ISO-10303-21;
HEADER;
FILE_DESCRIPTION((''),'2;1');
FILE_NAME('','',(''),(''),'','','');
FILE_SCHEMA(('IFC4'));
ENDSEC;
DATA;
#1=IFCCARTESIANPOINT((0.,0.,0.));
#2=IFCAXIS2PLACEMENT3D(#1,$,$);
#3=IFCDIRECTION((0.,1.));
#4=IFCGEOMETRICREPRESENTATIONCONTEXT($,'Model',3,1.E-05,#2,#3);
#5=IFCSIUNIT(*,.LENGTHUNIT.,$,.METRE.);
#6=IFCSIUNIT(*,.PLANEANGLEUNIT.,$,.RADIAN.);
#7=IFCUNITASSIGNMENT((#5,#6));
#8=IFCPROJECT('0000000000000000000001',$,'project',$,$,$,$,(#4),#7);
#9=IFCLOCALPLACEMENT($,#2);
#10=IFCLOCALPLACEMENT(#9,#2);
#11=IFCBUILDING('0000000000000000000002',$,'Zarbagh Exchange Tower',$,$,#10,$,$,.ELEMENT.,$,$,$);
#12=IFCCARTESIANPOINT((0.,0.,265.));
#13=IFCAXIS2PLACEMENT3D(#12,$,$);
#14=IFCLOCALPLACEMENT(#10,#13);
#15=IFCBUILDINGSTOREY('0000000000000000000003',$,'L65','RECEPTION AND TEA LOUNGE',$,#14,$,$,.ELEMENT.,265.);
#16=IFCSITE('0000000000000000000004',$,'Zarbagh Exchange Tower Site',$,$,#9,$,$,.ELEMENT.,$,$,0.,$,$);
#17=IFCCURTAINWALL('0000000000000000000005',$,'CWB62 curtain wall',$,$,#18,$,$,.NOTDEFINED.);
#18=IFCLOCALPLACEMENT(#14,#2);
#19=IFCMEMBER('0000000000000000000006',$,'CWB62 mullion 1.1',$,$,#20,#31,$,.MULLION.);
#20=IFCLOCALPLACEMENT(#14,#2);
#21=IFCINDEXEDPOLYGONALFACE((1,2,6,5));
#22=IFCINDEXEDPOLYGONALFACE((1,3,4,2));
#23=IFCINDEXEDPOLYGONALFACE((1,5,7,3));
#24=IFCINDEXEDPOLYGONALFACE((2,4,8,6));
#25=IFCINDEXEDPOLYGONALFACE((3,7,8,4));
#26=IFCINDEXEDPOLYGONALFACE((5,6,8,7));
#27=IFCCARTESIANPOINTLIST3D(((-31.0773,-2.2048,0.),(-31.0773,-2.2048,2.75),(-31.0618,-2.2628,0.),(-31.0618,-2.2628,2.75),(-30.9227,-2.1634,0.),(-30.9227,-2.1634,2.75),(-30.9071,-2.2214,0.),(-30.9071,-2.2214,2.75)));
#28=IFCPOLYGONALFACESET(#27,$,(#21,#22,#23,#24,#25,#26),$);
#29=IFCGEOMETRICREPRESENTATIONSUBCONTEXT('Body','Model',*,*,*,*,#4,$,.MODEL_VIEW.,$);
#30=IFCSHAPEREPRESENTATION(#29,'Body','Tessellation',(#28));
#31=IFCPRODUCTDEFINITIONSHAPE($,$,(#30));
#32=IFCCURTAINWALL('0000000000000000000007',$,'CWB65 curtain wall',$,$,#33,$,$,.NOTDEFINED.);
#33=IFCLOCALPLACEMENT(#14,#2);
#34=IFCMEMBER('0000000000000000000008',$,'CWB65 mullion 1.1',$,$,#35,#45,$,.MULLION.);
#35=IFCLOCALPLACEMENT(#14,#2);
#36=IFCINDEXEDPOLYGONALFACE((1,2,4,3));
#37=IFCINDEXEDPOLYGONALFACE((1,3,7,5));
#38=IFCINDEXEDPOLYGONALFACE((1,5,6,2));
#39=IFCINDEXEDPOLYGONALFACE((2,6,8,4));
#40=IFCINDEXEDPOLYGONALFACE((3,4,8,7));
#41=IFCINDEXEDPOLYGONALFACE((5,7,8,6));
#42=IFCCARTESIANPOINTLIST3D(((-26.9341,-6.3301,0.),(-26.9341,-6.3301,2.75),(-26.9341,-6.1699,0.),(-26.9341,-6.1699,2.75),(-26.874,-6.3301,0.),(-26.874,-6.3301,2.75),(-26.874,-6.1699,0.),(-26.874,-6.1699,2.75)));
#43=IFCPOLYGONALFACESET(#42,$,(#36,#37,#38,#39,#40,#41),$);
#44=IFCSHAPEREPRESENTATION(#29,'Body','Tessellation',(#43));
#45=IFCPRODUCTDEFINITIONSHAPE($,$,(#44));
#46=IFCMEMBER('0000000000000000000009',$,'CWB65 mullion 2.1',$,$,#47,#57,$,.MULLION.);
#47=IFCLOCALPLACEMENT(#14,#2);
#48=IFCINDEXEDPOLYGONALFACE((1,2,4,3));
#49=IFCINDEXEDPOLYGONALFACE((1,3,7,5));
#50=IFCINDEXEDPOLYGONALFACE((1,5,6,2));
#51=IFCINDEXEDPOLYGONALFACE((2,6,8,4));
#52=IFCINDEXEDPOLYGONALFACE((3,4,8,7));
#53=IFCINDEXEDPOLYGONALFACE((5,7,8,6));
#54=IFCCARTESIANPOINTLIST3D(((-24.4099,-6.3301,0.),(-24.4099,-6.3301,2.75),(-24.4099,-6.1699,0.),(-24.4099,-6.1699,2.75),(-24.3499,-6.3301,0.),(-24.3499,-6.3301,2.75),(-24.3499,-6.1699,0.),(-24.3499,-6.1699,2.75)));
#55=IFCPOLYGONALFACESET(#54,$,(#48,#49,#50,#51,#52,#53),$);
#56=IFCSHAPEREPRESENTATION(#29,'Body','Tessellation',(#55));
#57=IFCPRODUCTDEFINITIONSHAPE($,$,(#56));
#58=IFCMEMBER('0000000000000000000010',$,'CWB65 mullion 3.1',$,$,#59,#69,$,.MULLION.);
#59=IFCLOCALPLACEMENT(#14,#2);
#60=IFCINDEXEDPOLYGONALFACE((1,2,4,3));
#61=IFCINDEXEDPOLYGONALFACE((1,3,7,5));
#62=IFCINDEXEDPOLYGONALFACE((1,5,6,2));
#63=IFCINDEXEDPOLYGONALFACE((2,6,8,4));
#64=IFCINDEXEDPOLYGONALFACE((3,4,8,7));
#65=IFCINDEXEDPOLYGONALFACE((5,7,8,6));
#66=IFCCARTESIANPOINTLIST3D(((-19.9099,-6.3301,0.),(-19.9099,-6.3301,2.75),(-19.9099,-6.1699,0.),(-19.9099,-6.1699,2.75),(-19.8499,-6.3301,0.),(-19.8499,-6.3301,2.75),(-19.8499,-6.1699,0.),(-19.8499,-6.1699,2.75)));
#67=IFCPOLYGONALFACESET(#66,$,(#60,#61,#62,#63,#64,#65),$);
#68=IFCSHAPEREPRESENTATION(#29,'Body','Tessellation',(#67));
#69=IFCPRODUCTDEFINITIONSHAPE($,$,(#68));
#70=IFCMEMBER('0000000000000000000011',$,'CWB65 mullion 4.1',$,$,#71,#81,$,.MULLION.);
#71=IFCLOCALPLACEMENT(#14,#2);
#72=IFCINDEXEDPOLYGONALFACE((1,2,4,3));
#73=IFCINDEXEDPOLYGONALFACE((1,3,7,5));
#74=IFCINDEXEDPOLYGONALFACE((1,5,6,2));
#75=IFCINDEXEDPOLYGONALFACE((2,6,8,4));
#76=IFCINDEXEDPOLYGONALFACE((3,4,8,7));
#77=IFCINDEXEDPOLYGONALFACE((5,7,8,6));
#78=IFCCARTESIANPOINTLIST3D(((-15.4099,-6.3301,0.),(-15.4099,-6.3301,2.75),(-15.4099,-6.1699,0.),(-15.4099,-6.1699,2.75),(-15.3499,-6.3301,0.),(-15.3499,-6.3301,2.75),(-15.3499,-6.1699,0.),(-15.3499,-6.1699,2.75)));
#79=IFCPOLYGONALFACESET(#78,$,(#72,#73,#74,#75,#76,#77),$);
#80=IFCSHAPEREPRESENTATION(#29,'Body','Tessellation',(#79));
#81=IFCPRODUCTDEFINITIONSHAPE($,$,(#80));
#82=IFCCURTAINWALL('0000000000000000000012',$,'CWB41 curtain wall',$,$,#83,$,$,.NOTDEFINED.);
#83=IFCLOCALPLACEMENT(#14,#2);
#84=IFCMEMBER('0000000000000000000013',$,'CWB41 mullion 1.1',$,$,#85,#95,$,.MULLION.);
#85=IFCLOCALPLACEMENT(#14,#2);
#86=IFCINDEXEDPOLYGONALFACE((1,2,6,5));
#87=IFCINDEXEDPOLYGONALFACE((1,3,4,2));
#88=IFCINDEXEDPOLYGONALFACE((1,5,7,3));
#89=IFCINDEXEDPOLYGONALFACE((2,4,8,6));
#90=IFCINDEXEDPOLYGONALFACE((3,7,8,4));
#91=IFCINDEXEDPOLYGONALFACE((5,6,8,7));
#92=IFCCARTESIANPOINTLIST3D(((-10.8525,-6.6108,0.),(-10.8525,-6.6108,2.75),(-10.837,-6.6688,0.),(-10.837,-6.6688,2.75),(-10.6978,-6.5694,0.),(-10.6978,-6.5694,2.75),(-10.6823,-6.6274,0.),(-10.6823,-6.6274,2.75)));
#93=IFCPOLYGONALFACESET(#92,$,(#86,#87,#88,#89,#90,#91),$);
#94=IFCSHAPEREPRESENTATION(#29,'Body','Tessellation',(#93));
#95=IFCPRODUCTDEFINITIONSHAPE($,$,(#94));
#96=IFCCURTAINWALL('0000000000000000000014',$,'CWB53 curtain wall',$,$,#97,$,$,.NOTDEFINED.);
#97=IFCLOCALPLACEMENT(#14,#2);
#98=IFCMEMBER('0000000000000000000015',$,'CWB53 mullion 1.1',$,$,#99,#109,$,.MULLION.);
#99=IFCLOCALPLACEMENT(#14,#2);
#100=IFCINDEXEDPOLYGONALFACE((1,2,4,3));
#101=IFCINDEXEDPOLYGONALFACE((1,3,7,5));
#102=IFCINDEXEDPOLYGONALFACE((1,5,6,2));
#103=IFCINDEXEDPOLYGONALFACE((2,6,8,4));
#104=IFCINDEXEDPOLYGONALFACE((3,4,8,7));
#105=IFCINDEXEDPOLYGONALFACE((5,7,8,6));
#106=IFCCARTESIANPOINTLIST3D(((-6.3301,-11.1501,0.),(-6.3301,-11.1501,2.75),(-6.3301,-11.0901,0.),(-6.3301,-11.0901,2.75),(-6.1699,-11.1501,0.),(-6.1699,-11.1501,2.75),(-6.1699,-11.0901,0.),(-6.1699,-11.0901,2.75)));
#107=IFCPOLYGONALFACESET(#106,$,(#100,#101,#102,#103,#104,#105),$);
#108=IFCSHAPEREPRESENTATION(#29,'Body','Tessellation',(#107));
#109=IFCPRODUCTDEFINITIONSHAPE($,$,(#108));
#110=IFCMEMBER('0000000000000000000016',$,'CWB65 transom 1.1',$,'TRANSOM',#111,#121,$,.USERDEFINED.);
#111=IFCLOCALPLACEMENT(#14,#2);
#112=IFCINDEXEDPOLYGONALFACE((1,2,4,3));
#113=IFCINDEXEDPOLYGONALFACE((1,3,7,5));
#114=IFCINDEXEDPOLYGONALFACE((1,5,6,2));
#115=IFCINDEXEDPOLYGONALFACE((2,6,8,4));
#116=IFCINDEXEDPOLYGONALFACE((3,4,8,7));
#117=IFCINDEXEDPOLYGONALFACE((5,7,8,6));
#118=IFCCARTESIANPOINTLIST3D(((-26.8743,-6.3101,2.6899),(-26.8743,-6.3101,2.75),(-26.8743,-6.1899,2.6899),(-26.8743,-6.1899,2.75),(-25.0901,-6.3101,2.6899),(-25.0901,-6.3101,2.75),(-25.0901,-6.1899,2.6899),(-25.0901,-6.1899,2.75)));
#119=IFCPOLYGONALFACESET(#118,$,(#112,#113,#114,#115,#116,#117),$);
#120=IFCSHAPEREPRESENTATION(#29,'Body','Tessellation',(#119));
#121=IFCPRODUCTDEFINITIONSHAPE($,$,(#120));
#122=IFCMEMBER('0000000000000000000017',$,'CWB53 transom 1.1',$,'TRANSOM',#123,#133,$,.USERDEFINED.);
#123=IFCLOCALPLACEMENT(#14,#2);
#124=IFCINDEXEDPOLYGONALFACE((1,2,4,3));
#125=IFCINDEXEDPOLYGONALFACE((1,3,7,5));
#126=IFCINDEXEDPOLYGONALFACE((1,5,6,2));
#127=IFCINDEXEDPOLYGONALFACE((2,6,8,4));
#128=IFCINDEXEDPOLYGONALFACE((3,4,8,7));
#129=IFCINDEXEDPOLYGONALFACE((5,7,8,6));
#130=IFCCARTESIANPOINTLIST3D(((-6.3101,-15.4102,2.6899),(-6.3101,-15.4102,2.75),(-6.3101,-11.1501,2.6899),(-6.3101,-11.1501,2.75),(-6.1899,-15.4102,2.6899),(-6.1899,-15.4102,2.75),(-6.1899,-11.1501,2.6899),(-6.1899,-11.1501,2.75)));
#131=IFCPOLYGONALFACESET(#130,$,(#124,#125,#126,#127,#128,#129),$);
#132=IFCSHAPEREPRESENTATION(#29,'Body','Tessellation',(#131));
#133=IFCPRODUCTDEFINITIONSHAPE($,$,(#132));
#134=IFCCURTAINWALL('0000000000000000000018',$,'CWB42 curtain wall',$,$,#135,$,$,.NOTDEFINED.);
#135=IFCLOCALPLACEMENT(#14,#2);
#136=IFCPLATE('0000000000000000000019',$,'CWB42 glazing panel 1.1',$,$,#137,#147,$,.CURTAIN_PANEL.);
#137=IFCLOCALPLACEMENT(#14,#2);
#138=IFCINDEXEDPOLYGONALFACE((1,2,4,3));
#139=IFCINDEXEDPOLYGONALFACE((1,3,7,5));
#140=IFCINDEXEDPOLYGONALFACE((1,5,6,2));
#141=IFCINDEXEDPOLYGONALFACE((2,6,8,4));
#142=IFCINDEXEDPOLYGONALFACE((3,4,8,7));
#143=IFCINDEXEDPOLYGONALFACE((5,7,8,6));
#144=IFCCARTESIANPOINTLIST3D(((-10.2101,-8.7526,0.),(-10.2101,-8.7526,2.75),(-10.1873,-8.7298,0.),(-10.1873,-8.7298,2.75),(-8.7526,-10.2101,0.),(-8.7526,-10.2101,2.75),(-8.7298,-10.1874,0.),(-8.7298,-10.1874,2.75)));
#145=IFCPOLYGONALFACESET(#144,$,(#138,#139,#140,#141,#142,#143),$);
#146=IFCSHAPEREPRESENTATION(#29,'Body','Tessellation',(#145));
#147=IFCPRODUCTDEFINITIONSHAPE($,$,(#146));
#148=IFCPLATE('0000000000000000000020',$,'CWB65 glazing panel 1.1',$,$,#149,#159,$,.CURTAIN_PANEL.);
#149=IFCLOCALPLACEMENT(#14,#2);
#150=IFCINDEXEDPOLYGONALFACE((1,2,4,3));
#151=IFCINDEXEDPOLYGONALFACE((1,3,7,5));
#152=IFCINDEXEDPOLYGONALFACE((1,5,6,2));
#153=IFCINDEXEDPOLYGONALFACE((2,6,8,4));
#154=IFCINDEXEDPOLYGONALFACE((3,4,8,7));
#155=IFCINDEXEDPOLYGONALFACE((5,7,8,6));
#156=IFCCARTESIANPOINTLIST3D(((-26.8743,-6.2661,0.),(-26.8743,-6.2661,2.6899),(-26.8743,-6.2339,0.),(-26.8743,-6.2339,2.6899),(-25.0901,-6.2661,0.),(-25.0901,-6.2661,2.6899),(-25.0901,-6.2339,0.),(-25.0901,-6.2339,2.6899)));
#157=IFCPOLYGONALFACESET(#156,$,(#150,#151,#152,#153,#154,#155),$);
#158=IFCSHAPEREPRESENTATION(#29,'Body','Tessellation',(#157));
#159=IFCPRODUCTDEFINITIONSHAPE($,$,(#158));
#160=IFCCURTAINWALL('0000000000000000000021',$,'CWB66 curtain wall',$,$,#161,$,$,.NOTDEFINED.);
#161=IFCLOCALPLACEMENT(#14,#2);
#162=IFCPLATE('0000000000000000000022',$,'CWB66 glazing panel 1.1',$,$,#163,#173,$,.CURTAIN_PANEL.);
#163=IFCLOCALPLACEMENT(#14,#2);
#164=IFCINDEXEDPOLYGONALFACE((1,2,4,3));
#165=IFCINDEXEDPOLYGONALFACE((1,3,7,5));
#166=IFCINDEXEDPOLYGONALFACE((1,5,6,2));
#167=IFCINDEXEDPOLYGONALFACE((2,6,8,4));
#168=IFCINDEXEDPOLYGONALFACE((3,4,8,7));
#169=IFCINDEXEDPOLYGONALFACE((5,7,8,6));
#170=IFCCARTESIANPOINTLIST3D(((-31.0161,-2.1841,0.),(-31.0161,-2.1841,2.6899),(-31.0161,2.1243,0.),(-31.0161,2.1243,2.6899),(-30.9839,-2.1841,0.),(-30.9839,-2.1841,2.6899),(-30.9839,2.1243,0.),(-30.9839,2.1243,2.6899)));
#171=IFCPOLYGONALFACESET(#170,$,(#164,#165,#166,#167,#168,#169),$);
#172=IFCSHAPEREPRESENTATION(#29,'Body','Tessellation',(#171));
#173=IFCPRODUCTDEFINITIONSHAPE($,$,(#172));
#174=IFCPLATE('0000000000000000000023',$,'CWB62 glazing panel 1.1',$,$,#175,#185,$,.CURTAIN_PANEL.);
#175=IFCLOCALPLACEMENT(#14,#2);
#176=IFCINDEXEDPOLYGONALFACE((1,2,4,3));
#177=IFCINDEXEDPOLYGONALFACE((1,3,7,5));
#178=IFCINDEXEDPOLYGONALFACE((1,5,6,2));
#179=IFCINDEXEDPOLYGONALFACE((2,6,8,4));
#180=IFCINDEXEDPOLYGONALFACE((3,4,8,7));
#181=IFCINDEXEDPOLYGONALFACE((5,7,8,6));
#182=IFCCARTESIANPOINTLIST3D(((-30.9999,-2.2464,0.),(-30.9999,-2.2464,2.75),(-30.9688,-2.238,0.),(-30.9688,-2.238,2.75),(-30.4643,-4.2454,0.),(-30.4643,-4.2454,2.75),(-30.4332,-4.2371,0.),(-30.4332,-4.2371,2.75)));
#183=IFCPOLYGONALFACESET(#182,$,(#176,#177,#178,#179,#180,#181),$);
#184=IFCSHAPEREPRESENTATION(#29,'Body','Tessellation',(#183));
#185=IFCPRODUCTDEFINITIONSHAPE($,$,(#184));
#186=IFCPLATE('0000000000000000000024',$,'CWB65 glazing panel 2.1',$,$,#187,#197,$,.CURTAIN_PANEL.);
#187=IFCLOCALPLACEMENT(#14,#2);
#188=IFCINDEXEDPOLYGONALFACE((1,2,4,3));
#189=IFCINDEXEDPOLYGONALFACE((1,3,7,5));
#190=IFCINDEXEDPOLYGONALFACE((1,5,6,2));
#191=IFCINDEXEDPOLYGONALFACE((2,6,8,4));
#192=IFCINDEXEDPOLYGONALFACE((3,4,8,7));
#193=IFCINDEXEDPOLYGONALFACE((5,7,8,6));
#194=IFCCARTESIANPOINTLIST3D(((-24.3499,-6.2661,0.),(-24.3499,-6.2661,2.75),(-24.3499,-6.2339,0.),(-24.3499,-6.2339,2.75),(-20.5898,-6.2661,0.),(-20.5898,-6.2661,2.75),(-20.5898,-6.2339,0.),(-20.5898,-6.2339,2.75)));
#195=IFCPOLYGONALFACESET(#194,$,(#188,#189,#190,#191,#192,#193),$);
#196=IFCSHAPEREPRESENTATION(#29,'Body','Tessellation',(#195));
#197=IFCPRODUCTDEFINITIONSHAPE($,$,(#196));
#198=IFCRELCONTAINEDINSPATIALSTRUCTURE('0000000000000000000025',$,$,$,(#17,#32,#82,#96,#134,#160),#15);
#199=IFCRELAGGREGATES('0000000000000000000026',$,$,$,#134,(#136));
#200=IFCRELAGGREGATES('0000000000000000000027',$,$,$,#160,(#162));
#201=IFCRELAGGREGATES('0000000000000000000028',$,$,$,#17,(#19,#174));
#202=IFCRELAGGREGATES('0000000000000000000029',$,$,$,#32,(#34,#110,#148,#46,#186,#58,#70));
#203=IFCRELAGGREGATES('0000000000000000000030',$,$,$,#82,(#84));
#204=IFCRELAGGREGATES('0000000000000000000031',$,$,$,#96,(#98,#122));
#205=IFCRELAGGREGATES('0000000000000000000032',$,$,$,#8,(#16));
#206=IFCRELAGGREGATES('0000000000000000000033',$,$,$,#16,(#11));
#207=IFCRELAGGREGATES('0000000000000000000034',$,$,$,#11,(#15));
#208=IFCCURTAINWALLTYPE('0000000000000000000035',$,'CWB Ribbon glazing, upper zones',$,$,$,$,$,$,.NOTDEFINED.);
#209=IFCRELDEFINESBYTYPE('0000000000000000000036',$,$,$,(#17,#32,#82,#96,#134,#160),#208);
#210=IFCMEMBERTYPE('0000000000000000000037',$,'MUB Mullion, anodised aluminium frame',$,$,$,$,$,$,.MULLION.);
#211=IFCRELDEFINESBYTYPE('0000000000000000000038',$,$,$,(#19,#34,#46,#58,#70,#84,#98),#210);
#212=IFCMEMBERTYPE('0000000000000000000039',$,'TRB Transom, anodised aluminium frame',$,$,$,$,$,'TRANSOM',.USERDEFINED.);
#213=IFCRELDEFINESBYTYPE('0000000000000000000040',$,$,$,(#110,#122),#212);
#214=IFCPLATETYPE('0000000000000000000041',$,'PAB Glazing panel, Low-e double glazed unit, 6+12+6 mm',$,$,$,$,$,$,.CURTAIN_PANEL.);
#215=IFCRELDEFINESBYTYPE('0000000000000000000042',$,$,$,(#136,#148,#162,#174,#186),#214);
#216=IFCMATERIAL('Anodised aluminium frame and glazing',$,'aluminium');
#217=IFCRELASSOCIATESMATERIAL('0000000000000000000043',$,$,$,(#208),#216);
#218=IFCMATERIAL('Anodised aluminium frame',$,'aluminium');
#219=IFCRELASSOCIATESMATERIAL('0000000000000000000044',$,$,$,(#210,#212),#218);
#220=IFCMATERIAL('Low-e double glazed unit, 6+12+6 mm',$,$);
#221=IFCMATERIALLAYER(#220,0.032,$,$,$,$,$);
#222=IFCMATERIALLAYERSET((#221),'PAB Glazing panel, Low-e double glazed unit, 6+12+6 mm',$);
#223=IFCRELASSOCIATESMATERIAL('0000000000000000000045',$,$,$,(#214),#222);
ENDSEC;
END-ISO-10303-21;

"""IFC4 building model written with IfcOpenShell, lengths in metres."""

from ifc_helpers import new_model, si_unit, direction, frame, origin, place, context, subcontext, project, spatial, polyline, outline, extrude, source, transform, mapped, material, layer, layer_set, type_object, element, aggregate, save


model = new_model("IFC4")

# Units and contexts
model_context = context("Model", 3, precision=1e-05, world=origin(), true_north=direction((0.0, 1.0)))
body_context = subcontext(model_context, "Body", "Model", "MODEL_VIEW")
ifc_project = project(units=[si_unit("LENGTHUNIT", "METRE"), si_unit("PLANEANGLEUNIT", "RADIAN")], contexts=[model_context])

# Site, building, storey
site_placement = place(None, origin())
site = spatial("IfcSite", under=ifc_project, at=site_placement, Name="Zarbagh Exchange Tower Site", CompositionType="ELEMENT", RefElevation=0.0)
building_placement = place(site_placement, origin())
building = spatial("IfcBuilding", under=site, at=building_placement, Name="Zarbagh Exchange Tower", CompositionType="ELEMENT")
storey_placement = place(building_placement, frame((0.0, 0.0, 265.0)))
storey = spatial("IfcBuildingStorey", under=building, at=storey_placement, Name="L65", Description="RECEPTION AND TEA LOUNGE", CompositionType="ELEMENT", Elevation=265.0)

# Curtain wall, member
ifc_material_1 = material(Name="Anodised aluminium frame and glazing", Category="aluminium")
curtain_wall_type = type_object("IfcCurtainWallType", Name="CWB Ribbon glazing, upper zones", PredefinedType="NOTDEFINED", material=ifc_material_1)
curtain_wall_1_placement = place(storey_placement, origin())
curtain_wall_1 = element("IfcCurtainWall", 1, at=curtain_wall_1_placement, inside=storey, type_object=curtain_wall_type, Name="CWB62 curtain wall", PredefinedType="NOTDEFINED")
ifc_material_2 = material(Name="Anodised aluminium frame", Category="aluminium")
member_type_1 = type_object("IfcMemberType", Name="MUB Mullion, anodised aluminium frame", PredefinedType="MULLION", material=ifc_material_2)
shared_shape_1 = source(origin(), body_context, "Body", "SweptSolid", [
    extrude(outline(polyline([(0.0, -0.0801), (0.0601, -0.0801), (0.0601, 0.0801), (0.0, 0.0801), (0.0, -0.0801)])), origin(), (0.0, 0.0, 1.0), 2.75),
])
placement = place(storey_placement, origin())
member_1 = element("IfcMember", 2, at=placement, type_object=member_type_1, Name="CWB62 mullion 1.1", PredefinedType="MULLION", context=body_context, shape_type="MappedRepresentation", body=[
    mapped(shared_shape_1, transform((-31.0, -2.1841, 0.0), x_axis=(0.258825, -0.965924, 0.0), y_axis=(0.965924, 0.258825, 0.0), z_axis=(0.0, 0.0, 1.0))),
])

# Curtain wall, members
curtain_wall_2_placement = place(storey_placement, origin())
curtain_wall_2 = element("IfcCurtainWall", 3, at=curtain_wall_2_placement, inside=storey, type_object=curtain_wall_type, Name="CWB65 curtain wall", PredefinedType="NOTDEFINED")
member_2 = element("IfcMember", 4, at=placement, type_object=member_type_1, Name="CWB65 mullion 1.1", PredefinedType="MULLION", context=body_context, shape_type="MappedRepresentation", body=[
    mapped(shared_shape_1, transform((-26.9341, -6.25, 0.0), x_axis=(1.0, 0.0, 0.0), y_axis=(0.0, 1.0, 0.0), z_axis=(0.0, 0.0, 1.0))),
])
member_3 = element("IfcMember", 5, at=placement, type_object=member_type_1, Name="CWB65 mullion 2.1", PredefinedType="MULLION", context=body_context, shape_type="MappedRepresentation", body=[
    mapped(shared_shape_1, transform((-24.4099, -6.25, 0.0), x_axis=(1.0, 0.0, 0.0), y_axis=(0.0, 1.0, 0.0), z_axis=(0.0, 0.0, 1.0))),
])
member_4 = element("IfcMember", 6, at=placement, type_object=member_type_1, Name="CWB65 mullion 3.1", PredefinedType="MULLION", context=body_context, shape_type="MappedRepresentation", body=[
    mapped(shared_shape_1, transform((-19.9099, -6.25, 0.0), x_axis=(1.0, 0.0, 0.0), y_axis=(0.0, 1.0, 0.0), z_axis=(0.0, 0.0, 1.0))),
])
member_5 = element("IfcMember", 7, at=placement, type_object=member_type_1, Name="CWB65 mullion 4.1", PredefinedType="MULLION", context=body_context, shape_type="MappedRepresentation", body=[
    mapped(shared_shape_1, transform((-15.4099, -6.25, 0.0), x_axis=(1.0, 0.0, 0.0), y_axis=(0.0, 1.0, 0.0), z_axis=(0.0, 0.0, 1.0))),
])

# Curtain walls, members
curtain_wall_3_placement = place(storey_placement, origin())
curtain_wall_3 = element("IfcCurtainWall", 8, at=curtain_wall_3_placement, inside=storey, type_object=curtain_wall_type, Name="CWB41 curtain wall", PredefinedType="NOTDEFINED")
member_6 = element("IfcMember", 9, at=placement, type_object=member_type_1, Name="CWB41 mullion 1.1", PredefinedType="MULLION", context=body_context, shape_type="MappedRepresentation", body=[
    mapped(shared_shape_1, transform((-10.7751, -6.5901, 0.0), x_axis=(0.258825, -0.965924, 0.0), y_axis=(0.965924, 0.258825, 0.0), z_axis=(0.0, 0.0, 1.0))),
])
curtain_wall_4_placement = place(storey_placement, origin())
curtain_wall_4 = element("IfcCurtainWall", 10, at=curtain_wall_4_placement, inside=storey, type_object=curtain_wall_type, Name="CWB53 curtain wall", PredefinedType="NOTDEFINED")
member_7 = element("IfcMember", 11, at=placement, type_object=member_type_1, Name="CWB53 mullion 1.1", PredefinedType="MULLION", context=body_context, shape_type="MappedRepresentation", body=[
    mapped(shared_shape_1, transform((-6.25, -11.0901, 0.0), x_axis=(0.0, -1.0, 0.0), y_axis=(1.0, 0.0, 0.0), z_axis=(0.0, 0.0, 1.0))),
])

# Members
member_type_2 = type_object("IfcMemberType", Name="TRB Transom, anodised aluminium frame", ElementType="TRANSOM", PredefinedType="USERDEFINED", material=ifc_material_2)
shared_shape_2 = source(origin(), body_context, "Body", "SweptSolid", [
    extrude(outline(polyline([(-0.0601, -0.0601), (0.0, -0.0601), (0.0, 0.0601), (-0.0601, 0.0601), (-0.0601, -0.0601)])), origin(), (0.0, 0.0, 1.0), 1.7842),
])
member_8 = element("IfcMember", 12, at=placement, type_object=member_type_2, Name="CWB65 transom 1.1", ObjectType="TRANSOM", PredefinedType="USERDEFINED", context=body_context, shape_type="MappedRepresentation", body=[
    mapped(shared_shape_2, transform((-26.8743, -6.25, 2.75), x_axis=(0.0, 0.0, 1.0), y_axis=(0.0, -1.0, 0.0), z_axis=(1.0, 0.0, 0.0))),
])
shared_shape_3 = source(origin(), body_context, "Body", "SweptSolid", [
    extrude(outline(polyline([(-0.0601, -0.0601), (0.0, -0.0601), (0.0, 0.0601), (-0.0601, 0.0601), (-0.0601, -0.0601)])), origin(), (0.0, 0.0, 1.0), 4.26),
])
member_9 = element("IfcMember", 13, at=placement, type_object=member_type_2, Name="CWB53 transom 1.1", ObjectType="TRANSOM", PredefinedType="USERDEFINED", context=body_context, shape_type="MappedRepresentation", body=[
    mapped(shared_shape_3, transform((-6.25, -11.1501, 2.75), x_axis=(0.0, 0.0, 1.0), y_axis=(-1.0, 0.0, 0.0), z_axis=(0.0, -1.0, 0.0))),
])

# Curtain wall, plate
curtain_wall_5_placement = place(storey_placement, origin())
curtain_wall_5 = element("IfcCurtainWall", 14, at=curtain_wall_5_placement, inside=storey, type_object=curtain_wall_type, Name="CWB42 curtain wall", PredefinedType="NOTDEFINED")
ifc_material_3 = material(Name="Low-e double glazed unit, 6+12+6 mm")
ifc_layer = layer(ifc_material_3, 0.032)
ifc_layer_set = layer_set([ifc_layer], Name="PAB Glazing panel, Low-e double glazed unit, 6+12+6 mm")
plate_type = type_object("IfcPlateType", Name="PAB Glazing panel, Low-e double glazed unit, 6+12+6 mm", PredefinedType="CURTAIN_PANEL", material=ifc_layer_set)
shared_shape_4 = source(origin(), body_context, "Body", "SweptSolid", [
    extrude(outline(polyline([(0.0, -0.0161), (2.0613, -0.0161), (2.0613, 0.0161), (0.0, 0.0161), (0.0, -0.0161)])), origin(), (0.0, 0.0, 1.0), 2.75),
])
plate_1 = element("IfcPlate", 15, at=placement, type_object=plate_type, Name="CWB42 glazing panel 1.1", PredefinedType="CURTAIN_PANEL", context=body_context, shape_type="MappedRepresentation", body=[
    mapped(shared_shape_4, transform((-10.1987, -8.7412, 0.0), x_axis=(0.707107, -0.707107, 0.0), y_axis=(0.707107, 0.707107, 0.0), z_axis=(0.0, 0.0, 1.0))),
])
aggregate(curtain_wall_5, [plate_1])

# Plate
shared_shape_5 = source(origin(), body_context, "Body", "SweptSolid", [
    extrude(outline(polyline([(0.0, -0.0161), (1.7842, -0.0161), (1.7842, 0.0161), (0.0, 0.0161), (0.0, -0.0161)])), origin(), (0.0, 0.0, 1.0), 2.6899),
])
plate_2 = element("IfcPlate", 16, at=placement, type_object=plate_type, Name="CWB65 glazing panel 1.1", PredefinedType="CURTAIN_PANEL", context=body_context, shape_type="MappedRepresentation", body=[
    mapped(shared_shape_5, transform((-26.8743, -6.25, 0.0), x_axis=(1.0, 0.0, 0.0), y_axis=(0.0, 1.0, 0.0), z_axis=(0.0, 0.0, 1.0))),
])

# Curtain wall, plate
curtain_wall_6_placement = place(storey_placement, origin())
curtain_wall_6 = element("IfcCurtainWall", 17, at=curtain_wall_6_placement, inside=storey, type_object=curtain_wall_type, Name="CWB66 curtain wall", PredefinedType="NOTDEFINED")
shared_shape_6 = source(origin(), body_context, "Body", "SweptSolid", [
    extrude(outline(polyline([(0.0, -0.0161), (4.3083, -0.0161), (4.3083, 0.0161), (0.0, 0.0161), (0.0, -0.0161)])), origin(), (0.0, 0.0, 1.0), 2.6899),
])
plate_3 = element("IfcPlate", 18, at=placement, type_object=plate_type, Name="CWB66 glazing panel 1.1", PredefinedType="CURTAIN_PANEL", context=body_context, shape_type="MappedRepresentation", body=[
    mapped(shared_shape_6, transform((-31.0, 2.1243, 0.0), x_axis=(0.0, -1.0, 0.0), y_axis=(1.0, 0.0, 0.0), z_axis=(0.0, 0.0, 1.0))),
])
aggregate(curtain_wall_6, [plate_3])

# Plates
shared_shape_7 = source(origin(), body_context, "Body", "SweptSolid", [
    extrude(outline(polyline([(0.0, -0.0161), (2.0696, -0.0161), (2.0696, 0.0161), (0.0, 0.0161), (0.0, -0.0161)])), origin(), (0.0, 0.0, 1.0), 2.75),
])
plate_4 = element("IfcPlate", 19, at=placement, type_object=plate_type, Name="CWB62 glazing panel 1.1", PredefinedType="CURTAIN_PANEL", context=body_context, shape_type="MappedRepresentation", body=[
    mapped(shared_shape_7, transform((-30.9844, -2.2422, 0.0), x_axis=(0.258825, -0.965924, 0.0), y_axis=(0.965924, 0.258825, 0.0), z_axis=(0.0, 0.0, 1.0))),
])
aggregate(curtain_wall_1, [member_1, plate_4])
shared_shape_8 = source(origin(), body_context, "Body", "SweptSolid", [
    extrude(outline(polyline([(0.0, -0.0161), (3.76, -0.0161), (3.76, 0.0161), (0.0, 0.0161), (0.0, -0.0161)])), origin(), (0.0, 0.0, 1.0), 2.75),
])
plate_5 = element("IfcPlate", 20, at=placement, type_object=plate_type, Name="CWB65 glazing panel 2.1", PredefinedType="CURTAIN_PANEL", context=body_context, shape_type="MappedRepresentation", body=[
    mapped(shared_shape_8, transform((-24.3499, -6.25, 0.0), x_axis=(1.0, 0.0, 0.0), y_axis=(0.0, 1.0, 0.0), z_axis=(0.0, 0.0, 1.0))),
])
aggregate(curtain_wall_2, [member_2, member_8, plate_2, member_3, plate_5, member_4, member_5])
aggregate(curtain_wall_3, [member_6])

aggregate(curtain_wall_4, [member_7, member_9])

save(model, "model.ifc")
